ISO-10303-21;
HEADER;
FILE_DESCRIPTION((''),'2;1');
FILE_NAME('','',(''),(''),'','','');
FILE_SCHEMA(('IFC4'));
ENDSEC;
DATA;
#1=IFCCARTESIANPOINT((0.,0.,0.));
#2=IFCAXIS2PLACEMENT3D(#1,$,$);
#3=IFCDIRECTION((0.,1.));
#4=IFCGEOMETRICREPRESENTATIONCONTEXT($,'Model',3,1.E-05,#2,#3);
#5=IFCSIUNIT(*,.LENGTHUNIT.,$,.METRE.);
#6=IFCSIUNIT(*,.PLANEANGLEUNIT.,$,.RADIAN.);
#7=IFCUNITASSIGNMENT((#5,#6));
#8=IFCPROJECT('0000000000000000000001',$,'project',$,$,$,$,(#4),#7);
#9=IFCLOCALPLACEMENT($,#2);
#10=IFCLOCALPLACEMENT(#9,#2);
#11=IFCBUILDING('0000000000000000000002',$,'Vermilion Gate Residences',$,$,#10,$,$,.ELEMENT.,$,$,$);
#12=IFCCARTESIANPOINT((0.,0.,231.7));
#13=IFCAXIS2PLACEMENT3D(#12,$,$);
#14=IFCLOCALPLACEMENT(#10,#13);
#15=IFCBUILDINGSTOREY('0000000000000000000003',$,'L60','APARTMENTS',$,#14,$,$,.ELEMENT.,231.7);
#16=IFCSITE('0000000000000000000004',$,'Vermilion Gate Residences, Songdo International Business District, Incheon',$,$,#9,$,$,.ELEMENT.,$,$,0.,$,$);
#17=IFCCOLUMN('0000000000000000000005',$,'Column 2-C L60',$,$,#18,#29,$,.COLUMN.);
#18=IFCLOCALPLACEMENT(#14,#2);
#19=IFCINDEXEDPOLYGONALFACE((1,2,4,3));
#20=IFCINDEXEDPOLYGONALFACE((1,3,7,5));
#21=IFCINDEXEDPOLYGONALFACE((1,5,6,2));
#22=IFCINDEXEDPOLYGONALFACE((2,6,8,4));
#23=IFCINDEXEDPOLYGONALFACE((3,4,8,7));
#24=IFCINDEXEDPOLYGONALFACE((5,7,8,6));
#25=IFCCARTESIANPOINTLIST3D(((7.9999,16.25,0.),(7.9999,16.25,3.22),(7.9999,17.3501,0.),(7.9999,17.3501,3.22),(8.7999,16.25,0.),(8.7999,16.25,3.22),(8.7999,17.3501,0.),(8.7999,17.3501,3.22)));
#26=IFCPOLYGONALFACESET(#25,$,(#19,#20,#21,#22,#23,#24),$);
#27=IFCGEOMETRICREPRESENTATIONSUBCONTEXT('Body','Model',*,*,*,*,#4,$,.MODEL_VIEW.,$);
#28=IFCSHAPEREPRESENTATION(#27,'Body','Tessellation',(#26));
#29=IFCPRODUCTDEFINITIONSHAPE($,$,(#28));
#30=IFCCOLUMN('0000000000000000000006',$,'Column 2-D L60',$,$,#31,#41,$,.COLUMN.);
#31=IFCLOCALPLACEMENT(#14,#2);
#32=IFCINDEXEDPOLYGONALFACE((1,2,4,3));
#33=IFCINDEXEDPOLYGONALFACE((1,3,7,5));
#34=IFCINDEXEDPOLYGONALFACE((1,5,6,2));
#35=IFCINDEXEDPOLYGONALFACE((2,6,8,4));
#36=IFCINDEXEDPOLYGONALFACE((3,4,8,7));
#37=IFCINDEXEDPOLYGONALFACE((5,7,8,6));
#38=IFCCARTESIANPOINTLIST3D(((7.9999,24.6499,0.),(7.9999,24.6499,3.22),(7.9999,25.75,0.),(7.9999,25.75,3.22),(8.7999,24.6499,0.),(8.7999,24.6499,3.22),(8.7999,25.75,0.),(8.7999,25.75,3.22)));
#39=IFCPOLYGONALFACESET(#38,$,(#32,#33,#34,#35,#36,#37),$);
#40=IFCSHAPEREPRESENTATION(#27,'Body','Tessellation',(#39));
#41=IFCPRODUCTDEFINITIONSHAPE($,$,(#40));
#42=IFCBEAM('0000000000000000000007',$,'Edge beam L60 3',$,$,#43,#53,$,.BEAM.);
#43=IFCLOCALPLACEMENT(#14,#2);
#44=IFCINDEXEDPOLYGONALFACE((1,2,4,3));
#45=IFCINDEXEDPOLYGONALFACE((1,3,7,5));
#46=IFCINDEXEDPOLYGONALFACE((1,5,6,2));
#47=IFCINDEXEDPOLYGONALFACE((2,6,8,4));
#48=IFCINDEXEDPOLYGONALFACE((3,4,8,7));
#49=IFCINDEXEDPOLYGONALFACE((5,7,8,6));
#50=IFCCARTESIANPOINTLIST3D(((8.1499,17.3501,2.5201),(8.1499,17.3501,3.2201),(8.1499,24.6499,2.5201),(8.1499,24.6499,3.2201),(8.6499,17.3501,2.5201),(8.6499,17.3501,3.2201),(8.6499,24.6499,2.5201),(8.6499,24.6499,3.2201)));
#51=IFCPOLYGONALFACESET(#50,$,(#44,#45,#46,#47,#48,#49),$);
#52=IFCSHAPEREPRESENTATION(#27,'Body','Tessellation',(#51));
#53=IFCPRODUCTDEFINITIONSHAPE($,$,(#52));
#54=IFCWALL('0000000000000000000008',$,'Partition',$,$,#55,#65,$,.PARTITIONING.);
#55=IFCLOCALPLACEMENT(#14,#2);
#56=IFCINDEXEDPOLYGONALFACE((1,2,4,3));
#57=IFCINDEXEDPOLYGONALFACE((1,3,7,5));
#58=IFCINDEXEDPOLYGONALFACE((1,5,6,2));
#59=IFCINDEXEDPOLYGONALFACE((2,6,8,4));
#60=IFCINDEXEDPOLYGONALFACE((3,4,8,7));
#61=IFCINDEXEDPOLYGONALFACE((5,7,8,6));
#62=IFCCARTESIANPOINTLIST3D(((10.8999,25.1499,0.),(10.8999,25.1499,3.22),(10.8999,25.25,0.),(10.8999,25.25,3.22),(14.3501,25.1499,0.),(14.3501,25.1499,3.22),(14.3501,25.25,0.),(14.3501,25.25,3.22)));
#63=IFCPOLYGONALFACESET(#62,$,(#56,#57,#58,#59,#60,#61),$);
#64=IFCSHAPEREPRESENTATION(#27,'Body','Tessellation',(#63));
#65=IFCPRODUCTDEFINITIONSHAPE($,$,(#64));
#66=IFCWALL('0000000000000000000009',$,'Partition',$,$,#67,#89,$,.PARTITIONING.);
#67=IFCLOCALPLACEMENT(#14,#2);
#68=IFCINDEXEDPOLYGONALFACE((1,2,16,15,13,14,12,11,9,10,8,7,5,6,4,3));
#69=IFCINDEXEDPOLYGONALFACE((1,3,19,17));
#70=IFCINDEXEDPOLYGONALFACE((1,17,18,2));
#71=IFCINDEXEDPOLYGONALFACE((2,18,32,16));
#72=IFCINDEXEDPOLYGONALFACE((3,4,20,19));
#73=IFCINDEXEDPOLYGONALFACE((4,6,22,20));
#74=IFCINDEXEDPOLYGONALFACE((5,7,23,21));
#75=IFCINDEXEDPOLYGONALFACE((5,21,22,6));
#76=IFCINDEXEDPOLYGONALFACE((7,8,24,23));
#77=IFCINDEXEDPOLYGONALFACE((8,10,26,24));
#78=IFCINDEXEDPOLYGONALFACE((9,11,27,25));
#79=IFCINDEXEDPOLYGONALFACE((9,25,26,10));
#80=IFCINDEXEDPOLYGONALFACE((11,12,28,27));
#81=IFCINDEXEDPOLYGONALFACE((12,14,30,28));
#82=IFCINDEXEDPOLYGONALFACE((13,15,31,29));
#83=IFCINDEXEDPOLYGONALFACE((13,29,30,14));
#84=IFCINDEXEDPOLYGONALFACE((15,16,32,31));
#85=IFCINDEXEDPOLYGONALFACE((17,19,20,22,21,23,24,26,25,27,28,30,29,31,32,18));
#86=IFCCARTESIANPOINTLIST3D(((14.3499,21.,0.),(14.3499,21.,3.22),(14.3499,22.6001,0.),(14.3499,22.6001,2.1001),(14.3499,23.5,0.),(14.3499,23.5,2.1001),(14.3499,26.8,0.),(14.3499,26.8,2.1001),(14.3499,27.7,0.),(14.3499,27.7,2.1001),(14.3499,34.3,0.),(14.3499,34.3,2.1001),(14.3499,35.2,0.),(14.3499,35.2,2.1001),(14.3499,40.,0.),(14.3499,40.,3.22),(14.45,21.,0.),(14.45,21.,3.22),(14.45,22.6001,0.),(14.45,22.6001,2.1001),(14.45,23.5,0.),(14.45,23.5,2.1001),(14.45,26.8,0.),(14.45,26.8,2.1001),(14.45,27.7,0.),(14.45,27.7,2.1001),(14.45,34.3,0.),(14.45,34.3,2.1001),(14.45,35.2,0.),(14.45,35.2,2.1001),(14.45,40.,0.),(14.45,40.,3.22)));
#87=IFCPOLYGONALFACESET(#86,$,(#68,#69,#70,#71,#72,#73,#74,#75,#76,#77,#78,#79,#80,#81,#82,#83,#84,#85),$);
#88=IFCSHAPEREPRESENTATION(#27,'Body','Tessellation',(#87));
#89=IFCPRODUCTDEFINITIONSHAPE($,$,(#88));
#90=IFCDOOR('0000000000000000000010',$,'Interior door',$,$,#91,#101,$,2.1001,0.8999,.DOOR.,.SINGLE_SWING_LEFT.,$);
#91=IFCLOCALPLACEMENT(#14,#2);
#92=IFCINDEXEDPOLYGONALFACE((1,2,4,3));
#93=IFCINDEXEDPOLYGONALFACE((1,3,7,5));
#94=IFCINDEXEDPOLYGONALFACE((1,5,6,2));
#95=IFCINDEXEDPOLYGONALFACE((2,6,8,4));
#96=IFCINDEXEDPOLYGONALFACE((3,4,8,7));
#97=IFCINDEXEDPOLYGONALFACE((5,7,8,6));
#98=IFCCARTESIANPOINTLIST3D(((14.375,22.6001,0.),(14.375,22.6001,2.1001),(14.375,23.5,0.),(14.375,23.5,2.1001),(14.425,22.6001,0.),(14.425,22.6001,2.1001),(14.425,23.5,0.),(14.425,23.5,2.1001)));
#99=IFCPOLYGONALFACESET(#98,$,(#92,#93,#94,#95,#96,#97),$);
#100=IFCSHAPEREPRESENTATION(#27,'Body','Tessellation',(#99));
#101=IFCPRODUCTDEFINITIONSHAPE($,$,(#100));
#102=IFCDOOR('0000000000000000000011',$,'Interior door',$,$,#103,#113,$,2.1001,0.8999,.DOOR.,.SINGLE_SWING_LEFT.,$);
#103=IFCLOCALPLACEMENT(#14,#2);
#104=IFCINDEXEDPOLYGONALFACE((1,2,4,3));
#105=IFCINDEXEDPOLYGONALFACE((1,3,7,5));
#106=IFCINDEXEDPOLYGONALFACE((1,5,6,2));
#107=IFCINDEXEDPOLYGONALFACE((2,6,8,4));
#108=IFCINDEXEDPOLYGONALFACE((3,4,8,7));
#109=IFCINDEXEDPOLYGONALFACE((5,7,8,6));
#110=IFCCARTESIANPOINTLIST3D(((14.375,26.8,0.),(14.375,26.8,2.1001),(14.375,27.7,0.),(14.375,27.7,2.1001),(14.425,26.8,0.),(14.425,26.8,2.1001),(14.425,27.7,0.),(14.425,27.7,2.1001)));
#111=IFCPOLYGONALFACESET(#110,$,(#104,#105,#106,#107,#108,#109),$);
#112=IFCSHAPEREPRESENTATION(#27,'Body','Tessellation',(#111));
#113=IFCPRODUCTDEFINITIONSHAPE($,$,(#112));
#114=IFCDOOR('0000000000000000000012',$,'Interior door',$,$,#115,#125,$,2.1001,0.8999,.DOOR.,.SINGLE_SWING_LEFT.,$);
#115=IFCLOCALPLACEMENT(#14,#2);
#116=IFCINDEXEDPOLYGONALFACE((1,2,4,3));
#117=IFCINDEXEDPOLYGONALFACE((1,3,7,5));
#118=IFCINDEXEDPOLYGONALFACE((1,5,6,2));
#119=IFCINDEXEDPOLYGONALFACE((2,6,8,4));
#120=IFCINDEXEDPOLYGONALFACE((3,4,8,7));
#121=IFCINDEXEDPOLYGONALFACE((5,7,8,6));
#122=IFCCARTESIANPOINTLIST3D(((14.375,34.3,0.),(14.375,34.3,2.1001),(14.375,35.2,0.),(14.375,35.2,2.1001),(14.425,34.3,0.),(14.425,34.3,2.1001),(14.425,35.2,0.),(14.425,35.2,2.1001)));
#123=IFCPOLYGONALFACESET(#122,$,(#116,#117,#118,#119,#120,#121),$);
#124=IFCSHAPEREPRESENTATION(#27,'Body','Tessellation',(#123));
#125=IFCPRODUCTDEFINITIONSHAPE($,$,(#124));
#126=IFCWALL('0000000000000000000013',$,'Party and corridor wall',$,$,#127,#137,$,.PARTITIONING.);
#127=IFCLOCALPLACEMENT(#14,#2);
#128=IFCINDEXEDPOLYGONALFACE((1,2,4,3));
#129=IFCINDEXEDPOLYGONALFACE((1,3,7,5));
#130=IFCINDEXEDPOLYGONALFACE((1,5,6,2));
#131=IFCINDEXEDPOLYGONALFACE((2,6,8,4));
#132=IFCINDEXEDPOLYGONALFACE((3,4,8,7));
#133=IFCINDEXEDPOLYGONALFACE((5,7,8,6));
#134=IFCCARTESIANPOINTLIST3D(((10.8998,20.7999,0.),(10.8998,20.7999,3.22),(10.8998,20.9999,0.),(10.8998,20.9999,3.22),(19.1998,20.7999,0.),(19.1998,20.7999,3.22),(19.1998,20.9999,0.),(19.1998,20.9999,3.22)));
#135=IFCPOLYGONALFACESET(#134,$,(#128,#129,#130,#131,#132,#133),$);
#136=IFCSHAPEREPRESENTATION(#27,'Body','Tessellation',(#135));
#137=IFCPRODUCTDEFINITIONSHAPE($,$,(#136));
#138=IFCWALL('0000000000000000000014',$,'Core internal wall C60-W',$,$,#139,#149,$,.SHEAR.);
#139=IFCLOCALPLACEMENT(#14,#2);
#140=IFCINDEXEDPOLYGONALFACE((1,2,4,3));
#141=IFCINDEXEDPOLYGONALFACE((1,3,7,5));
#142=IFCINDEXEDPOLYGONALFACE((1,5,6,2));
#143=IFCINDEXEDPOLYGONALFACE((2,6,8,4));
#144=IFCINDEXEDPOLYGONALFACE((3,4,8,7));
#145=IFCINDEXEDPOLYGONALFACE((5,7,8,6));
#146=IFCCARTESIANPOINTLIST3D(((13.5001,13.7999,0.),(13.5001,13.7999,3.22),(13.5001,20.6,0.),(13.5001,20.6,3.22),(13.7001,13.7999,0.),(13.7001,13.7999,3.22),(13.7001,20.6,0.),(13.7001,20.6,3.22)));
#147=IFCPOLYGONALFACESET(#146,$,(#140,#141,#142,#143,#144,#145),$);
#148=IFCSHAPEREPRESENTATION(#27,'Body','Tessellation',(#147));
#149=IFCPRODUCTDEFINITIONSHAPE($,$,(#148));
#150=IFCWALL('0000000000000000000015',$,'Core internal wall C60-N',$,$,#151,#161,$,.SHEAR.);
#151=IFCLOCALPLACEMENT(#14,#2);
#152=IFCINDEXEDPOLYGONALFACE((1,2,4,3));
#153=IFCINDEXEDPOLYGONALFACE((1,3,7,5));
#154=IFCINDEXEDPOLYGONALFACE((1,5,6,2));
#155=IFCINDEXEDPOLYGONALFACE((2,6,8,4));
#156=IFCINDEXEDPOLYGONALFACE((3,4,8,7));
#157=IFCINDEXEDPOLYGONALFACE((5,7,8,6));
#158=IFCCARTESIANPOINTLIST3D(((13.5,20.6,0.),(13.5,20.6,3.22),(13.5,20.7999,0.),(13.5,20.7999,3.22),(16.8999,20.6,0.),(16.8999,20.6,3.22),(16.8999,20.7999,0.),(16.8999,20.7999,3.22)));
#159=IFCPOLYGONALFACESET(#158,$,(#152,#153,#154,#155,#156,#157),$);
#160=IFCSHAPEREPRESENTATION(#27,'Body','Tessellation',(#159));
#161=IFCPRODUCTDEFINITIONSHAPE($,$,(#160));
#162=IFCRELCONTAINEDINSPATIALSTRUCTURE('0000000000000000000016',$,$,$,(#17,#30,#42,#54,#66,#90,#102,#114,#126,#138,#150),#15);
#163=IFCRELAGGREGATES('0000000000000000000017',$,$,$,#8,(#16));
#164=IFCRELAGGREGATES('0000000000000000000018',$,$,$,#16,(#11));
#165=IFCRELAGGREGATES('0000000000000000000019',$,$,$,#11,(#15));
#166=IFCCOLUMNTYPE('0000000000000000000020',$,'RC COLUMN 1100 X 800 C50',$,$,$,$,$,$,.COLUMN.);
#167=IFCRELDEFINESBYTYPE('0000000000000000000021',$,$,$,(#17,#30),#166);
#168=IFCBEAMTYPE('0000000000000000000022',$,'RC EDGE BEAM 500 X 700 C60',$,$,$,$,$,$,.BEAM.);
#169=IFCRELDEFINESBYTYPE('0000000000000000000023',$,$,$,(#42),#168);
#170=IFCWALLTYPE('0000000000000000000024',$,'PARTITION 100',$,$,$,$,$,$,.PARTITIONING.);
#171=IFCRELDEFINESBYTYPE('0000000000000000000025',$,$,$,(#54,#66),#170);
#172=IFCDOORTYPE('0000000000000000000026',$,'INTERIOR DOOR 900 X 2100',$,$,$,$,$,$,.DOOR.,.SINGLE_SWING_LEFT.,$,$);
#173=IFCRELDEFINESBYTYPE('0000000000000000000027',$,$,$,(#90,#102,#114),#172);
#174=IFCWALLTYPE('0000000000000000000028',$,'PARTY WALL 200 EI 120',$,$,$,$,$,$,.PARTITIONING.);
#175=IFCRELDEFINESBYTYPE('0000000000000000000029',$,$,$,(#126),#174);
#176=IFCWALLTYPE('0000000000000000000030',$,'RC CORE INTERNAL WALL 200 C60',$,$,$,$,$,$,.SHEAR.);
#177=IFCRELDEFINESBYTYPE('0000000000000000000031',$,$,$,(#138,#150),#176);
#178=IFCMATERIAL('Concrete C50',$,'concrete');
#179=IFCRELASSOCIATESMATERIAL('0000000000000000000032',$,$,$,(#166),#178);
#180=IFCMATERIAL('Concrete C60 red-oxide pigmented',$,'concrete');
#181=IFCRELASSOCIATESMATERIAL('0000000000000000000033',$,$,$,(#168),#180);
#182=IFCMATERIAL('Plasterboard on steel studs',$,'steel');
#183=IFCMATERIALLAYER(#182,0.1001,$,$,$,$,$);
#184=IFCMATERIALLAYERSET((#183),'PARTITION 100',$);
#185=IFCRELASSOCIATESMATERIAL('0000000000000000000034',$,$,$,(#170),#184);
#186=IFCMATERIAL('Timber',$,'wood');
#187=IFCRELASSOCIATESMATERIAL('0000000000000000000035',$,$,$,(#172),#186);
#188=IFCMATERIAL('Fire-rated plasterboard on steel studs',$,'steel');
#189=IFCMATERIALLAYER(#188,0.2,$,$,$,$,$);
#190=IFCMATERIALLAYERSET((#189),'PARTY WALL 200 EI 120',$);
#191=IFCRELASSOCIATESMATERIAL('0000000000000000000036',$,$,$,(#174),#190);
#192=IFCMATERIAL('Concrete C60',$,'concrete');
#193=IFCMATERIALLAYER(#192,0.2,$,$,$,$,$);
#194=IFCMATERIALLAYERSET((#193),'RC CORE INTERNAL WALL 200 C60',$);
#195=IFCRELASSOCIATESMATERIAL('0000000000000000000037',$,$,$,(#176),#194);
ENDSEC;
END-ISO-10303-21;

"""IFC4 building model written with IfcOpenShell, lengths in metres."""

from ifc_helpers import new_model, si_unit, direction, frame, frame_2d, origin, origin_2d, place, context, subcontext, project, spatial, rectangle, extrude, material, layer, layer_set, material_profile, profile_set, type_object, element, fill, save


model = new_model("IFC4")

# Units and contexts
model_context = context("Model", 3, precision=1e-05, world=origin(), true_north=direction((0.0, 1.0)))
body_context = subcontext(model_context, "Body", "Model", "MODEL_VIEW")
ifc_project = project(units=[si_unit("LENGTHUNIT", "METRE"), si_unit("PLANEANGLEUNIT", "RADIAN")], contexts=[model_context])

# Site, building, storey
site_placement = place(None, origin())
site = spatial("IfcSite", under=ifc_project, at=site_placement, Name="Vermilion Gate Residences, Songdo International Business District, Incheon", CompositionType="ELEMENT", RefElevation=0.0)
building_placement = place(site_placement, origin())
building = spatial("IfcBuilding", under=site, at=building_placement, Name="Vermilion Gate Residences", CompositionType="ELEMENT")
storey_placement = place(building_placement, frame((0.0, 0.0, 231.7)))
storey = spatial("IfcBuildingStorey", under=building, at=storey_placement, Name="L60", Description="APARTMENTS", CompositionType="ELEMENT", Elevation=231.7)

# Columns
ifc_material_1 = material(Name="Concrete C50", Category="concrete")
ifc_material_profile_1 = material_profile(ifc_material_1, rectangle(XDim=1.1001, YDim=0.8, at=origin_2d()), Name="RC-1100x800")
ifc_profile_set_1 = profile_set([ifc_material_profile_1], Name="Concrete C50")
column_type = type_object("IfcColumnType", Name="RC COLUMN 1100 X 800 C50", PredefinedType="COLUMN", material=ifc_profile_set_1)
for number, where, z_axis, x_axis, name in (
    (1, (8.3999, 16.8, 0.0), (0.0, 0.0, 1.0), (0.0, 1.0, 0.0), "Column 2-C L60"),
    (2, (8.3999, 25.2, 0.0), (0.0, 0.0, 1.0), (0.0, 1.0, 0.0), "Column 2-D L60"),
):
    element("IfcColumn", number, at=place(storey_placement, frame(where, z_axis=z_axis, x_axis=x_axis)), inside=storey, type_object=column_type, Name=name, PredefinedType="COLUMN", context=body_context, shape_type="SweptSolid", body=[
        extrude(rectangle(XDim=1.1001, YDim=0.8, at=origin_2d()), origin(), (0.0, 0.0, 1.0), 3.22),
    ])

# Beam
ifc_material_2 = material(Name="Concrete C60 red-oxide pigmented", Category="concrete")
ifc_material_profile_2 = material_profile(ifc_material_2, rectangle(XDim=0.5, YDim=0.7, at=origin_2d()), Name="RC-500x700")
ifc_profile_set_2 = profile_set([ifc_material_profile_2], Name="Concrete C60 red-oxide pigmented")
beam_type = type_object("IfcBeamType", Name="RC EDGE BEAM 500 X 700 C60", PredefinedType="BEAM", material=ifc_profile_set_2)
beam_placement = place(storey_placement, frame((8.3999, 17.3501, 2.8701), z_axis=(0.0, 1.0, 0.0), x_axis=(-1.0, 0.0, 0.0)))
element("IfcBeam", 3, at=beam_placement, inside=storey, type_object=beam_type, Name="Edge beam L60 3", PredefinedType="BEAM", context=body_context, shape_type="SweptSolid", body=[
    extrude(rectangle(XDim=0.5, YDim=0.7, at=origin_2d()), origin(), (0.0, 0.0, 1.0), 7.2998),
])

# Wall
ifc_material_3 = material(Name="Plasterboard on steel studs", Category="steel")
ifc_layer_1 = layer(ifc_material_3, 0.1001)
ifc_layer_set_1 = layer_set([ifc_layer_1], Name="PARTITION 100")
wall_type_1 = type_object("IfcWallType", Name="PARTITION 100", PredefinedType="PARTITIONING", material=ifc_layer_set_1)
wall_1_placement = place(storey_placement, frame((10.8999, 25.2, 0.0), z_axis=(0.0, 0.0, 1.0), x_axis=(1.0, 0.0, 0.0)))
element("IfcWall", 4, at=wall_1_placement, inside=storey, type_object=wall_type_1, Name="Partition", PredefinedType="PARTITIONING", context=body_context, shape_type="SweptSolid", body=[
    extrude(rectangle(XDim=3.4502, YDim=0.1001, at=frame_2d((1.7251, 0.0))), origin(), (0.0, 0.0, 1.0), 3.22),
])

# Wall, openings, doors
wall_2_placement = place(storey_placement, frame((14.3999, 21.0, 0.0), z_axis=(0.0, 0.0, 1.0), x_axis=(0.0, 1.0, 0.0)))
wall_2 = element("IfcWall", 5, at=wall_2_placement, inside=storey, type_object=wall_type_1, Name="Partition", PredefinedType="PARTITIONING", context=body_context, shape_type="SweptSolid", body=[
    extrude(rectangle(XDim=19.0, YDim=0.1001, at=frame_2d((9.5, 0.0))), origin(), (0.0, 0.0, 1.0), 3.22),
])
opening_1_placement = place(wall_2_placement, frame((1.6001, 0.0, 0.0)))
opening_1 = element("IfcOpeningElement", 6, at=opening_1_placement, cuts=wall_2, PredefinedType="OPENING", context=body_context, shape_type="SweptSolid", body=[
    extrude(rectangle(XDim=0.8999, YDim=2.1001, at=frame_2d((0.45, 1.05))), frame((0.0, 0.0601, 0.0), z_axis=(0.0, -1.0, 0.0), x_axis=(1.0, 0.0, 0.0)), (0.0, 0.0, 1.0), 0.1201),
])
opening_2_placement = place(wall_2_placement, frame((5.8, 0.0, 0.0)))
opening_2 = element("IfcOpeningElement", 7, at=opening_2_placement, cuts=wall_2, PredefinedType="OPENING", context=body_context, shape_type="SweptSolid", body=[
    extrude(rectangle(XDim=0.8999, YDim=2.1001, at=frame_2d((0.45, 1.05))), frame((0.0, 0.0601, 0.0), z_axis=(0.0, -1.0, 0.0), x_axis=(1.0, 0.0, 0.0)), (0.0, 0.0, 1.0), 0.1201),
])
opening_3_placement = place(wall_2_placement, frame((13.3, 0.0, 0.0)))
opening_3 = element("IfcOpeningElement", 8, at=opening_3_placement, cuts=wall_2, PredefinedType="OPENING", context=body_context, shape_type="SweptSolid", body=[
    extrude(rectangle(XDim=0.8999, YDim=2.1001, at=frame_2d((0.45, 1.05))), frame((0.0, 0.0601, 0.0), z_axis=(0.0, -1.0, 0.0), x_axis=(1.0, 0.0, 0.0)), (0.0, 0.0, 1.0), 0.1201),
])
ifc_material_4 = material(Name="Timber", Category="wood")
door_type_1 = type_object("IfcDoorType", Name="INTERIOR DOOR 900 X 2100", OperationType="SINGLE_SWING_LEFT", PredefinedType="DOOR", material=ifc_material_4)
door_1_placement = place(opening_1_placement, origin())
door_1 = element("IfcDoor", 9, at=door_1_placement, inside=storey, type_object=door_type_1, Name="Interior door", OperationType="SINGLE_SWING_LEFT", OverallHeight=2.1001, OverallWidth=0.8999, PredefinedType="DOOR", context=body_context, shape_type="SweptSolid", body=[
    extrude(rectangle(XDim=0.8999, YDim=2.1001, at=frame_2d((0.45, 1.05))), frame((0.0, 0.0249, 0.0), z_axis=(0.0, -1.0, 0.0), x_axis=(1.0, 0.0, 0.0)), (0.0, 0.0, 1.0), 0.05),
])
fill(opening_1, door_1)
door_2_placement = place(opening_2_placement, origin())
door_2 = element("IfcDoor", 10, at=door_2_placement, inside=storey, type_object=door_type_1, Name="Interior door", OperationType="SINGLE_SWING_LEFT", OverallHeight=2.1001, OverallWidth=0.8999, PredefinedType="DOOR", context=body_context, shape_type="SweptSolid", body=[
    extrude(rectangle(XDim=0.8999, YDim=2.1001, at=frame_2d((0.45, 1.05))), frame((0.0, 0.0249, 0.0), z_axis=(0.0, -1.0, 0.0), x_axis=(1.0, 0.0, 0.0)), (0.0, 0.0, 1.0), 0.05),
])
fill(opening_2, door_2)
door_3_placement = place(opening_3_placement, origin())
door_3 = element("IfcDoor", 11, at=door_3_placement, inside=storey, type_object=door_type_1, Name="Interior door", OperationType="SINGLE_SWING_LEFT", OverallHeight=2.1001, OverallWidth=0.8999, PredefinedType="DOOR", context=body_context, shape_type="SweptSolid", body=[
    extrude(rectangle(XDim=0.8999, YDim=2.1001, at=frame_2d((0.45, 1.05))), frame((0.0, 0.0249, 0.0), z_axis=(0.0, -1.0, 0.0), x_axis=(1.0, 0.0, 0.0)), (0.0, 0.0, 1.0), 0.05),
])
fill(opening_3, door_3)

# Walls
ifc_material_5 = material(Name="Fire-rated plasterboard on steel studs", Category="steel")
ifc_layer_2 = layer(ifc_material_5, 0.2)
ifc_layer_set_2 = layer_set([ifc_layer_2], Name="PARTY WALL 200 EI 120")
wall_type_2 = type_object("IfcWallType", Name="PARTY WALL 200 EI 120", PredefinedType="PARTITIONING", material=ifc_layer_set_2)
wall_3_placement = place(storey_placement, frame((10.8999, 20.8999, 0.0), z_axis=(0.0, 0.0, 1.0), x_axis=(1.0, 0.0, 0.0)))
element("IfcWall", 12, at=wall_3_placement, inside=storey, type_object=wall_type_2, Name="Party and corridor wall", PredefinedType="PARTITIONING", context=body_context, shape_type="SweptSolid", body=[
    extrude(rectangle(XDim=8.3, YDim=0.2, at=frame_2d((4.1499, 0.0))), origin(), (0.0, 0.0, 1.0), 3.22),
])
ifc_material_6 = material(Name="Concrete C60", Category="concrete")
ifc_layer_3 = layer(ifc_material_6, 0.2)
ifc_layer_set_3 = layer_set([ifc_layer_3], Name="RC CORE INTERNAL WALL 200 C60")
wall_type_3 = type_object("IfcWallType", Name="RC CORE INTERNAL WALL 200 C60", PredefinedType="SHEAR", material=ifc_layer_set_3)
wall_4_placement = place(storey_placement, frame((13.6001, 13.8, 0.0), z_axis=(0.0, 0.0, 1.0), x_axis=(0.0, 1.0, 0.0)))
element("IfcWall", 13, at=wall_4_placement, inside=storey, type_object=wall_type_3, Name="Core internal wall C60-W", PredefinedType="SHEAR", context=body_context, shape_type="SweptSolid", body=[
    extrude(rectangle(XDim=6.8, YDim=0.2, at=frame_2d((3.3999, 0.0))), origin(), (0.0, 0.0, 1.0), 3.22),
])
wall_5_placement = place(storey_placement, frame((13.5, 20.7, 0.0), z_axis=(0.0, 0.0, 1.0), x_axis=(1.0, 0.0, 0.0)))
element("IfcWall", 14, at=wall_5_placement, inside=storey, type_object=wall_type_3, Name="Core internal wall C60-N", PredefinedType="SHEAR", context=body_context, shape_type="SweptSolid", body=[
    extrude(rectangle(XDim=3.3999, YDim=0.2, at=frame_2d((1.7, 0.0))), origin(), (0.0, 0.0, 1.0), 3.22),
])

save(model, "model.ifc")
